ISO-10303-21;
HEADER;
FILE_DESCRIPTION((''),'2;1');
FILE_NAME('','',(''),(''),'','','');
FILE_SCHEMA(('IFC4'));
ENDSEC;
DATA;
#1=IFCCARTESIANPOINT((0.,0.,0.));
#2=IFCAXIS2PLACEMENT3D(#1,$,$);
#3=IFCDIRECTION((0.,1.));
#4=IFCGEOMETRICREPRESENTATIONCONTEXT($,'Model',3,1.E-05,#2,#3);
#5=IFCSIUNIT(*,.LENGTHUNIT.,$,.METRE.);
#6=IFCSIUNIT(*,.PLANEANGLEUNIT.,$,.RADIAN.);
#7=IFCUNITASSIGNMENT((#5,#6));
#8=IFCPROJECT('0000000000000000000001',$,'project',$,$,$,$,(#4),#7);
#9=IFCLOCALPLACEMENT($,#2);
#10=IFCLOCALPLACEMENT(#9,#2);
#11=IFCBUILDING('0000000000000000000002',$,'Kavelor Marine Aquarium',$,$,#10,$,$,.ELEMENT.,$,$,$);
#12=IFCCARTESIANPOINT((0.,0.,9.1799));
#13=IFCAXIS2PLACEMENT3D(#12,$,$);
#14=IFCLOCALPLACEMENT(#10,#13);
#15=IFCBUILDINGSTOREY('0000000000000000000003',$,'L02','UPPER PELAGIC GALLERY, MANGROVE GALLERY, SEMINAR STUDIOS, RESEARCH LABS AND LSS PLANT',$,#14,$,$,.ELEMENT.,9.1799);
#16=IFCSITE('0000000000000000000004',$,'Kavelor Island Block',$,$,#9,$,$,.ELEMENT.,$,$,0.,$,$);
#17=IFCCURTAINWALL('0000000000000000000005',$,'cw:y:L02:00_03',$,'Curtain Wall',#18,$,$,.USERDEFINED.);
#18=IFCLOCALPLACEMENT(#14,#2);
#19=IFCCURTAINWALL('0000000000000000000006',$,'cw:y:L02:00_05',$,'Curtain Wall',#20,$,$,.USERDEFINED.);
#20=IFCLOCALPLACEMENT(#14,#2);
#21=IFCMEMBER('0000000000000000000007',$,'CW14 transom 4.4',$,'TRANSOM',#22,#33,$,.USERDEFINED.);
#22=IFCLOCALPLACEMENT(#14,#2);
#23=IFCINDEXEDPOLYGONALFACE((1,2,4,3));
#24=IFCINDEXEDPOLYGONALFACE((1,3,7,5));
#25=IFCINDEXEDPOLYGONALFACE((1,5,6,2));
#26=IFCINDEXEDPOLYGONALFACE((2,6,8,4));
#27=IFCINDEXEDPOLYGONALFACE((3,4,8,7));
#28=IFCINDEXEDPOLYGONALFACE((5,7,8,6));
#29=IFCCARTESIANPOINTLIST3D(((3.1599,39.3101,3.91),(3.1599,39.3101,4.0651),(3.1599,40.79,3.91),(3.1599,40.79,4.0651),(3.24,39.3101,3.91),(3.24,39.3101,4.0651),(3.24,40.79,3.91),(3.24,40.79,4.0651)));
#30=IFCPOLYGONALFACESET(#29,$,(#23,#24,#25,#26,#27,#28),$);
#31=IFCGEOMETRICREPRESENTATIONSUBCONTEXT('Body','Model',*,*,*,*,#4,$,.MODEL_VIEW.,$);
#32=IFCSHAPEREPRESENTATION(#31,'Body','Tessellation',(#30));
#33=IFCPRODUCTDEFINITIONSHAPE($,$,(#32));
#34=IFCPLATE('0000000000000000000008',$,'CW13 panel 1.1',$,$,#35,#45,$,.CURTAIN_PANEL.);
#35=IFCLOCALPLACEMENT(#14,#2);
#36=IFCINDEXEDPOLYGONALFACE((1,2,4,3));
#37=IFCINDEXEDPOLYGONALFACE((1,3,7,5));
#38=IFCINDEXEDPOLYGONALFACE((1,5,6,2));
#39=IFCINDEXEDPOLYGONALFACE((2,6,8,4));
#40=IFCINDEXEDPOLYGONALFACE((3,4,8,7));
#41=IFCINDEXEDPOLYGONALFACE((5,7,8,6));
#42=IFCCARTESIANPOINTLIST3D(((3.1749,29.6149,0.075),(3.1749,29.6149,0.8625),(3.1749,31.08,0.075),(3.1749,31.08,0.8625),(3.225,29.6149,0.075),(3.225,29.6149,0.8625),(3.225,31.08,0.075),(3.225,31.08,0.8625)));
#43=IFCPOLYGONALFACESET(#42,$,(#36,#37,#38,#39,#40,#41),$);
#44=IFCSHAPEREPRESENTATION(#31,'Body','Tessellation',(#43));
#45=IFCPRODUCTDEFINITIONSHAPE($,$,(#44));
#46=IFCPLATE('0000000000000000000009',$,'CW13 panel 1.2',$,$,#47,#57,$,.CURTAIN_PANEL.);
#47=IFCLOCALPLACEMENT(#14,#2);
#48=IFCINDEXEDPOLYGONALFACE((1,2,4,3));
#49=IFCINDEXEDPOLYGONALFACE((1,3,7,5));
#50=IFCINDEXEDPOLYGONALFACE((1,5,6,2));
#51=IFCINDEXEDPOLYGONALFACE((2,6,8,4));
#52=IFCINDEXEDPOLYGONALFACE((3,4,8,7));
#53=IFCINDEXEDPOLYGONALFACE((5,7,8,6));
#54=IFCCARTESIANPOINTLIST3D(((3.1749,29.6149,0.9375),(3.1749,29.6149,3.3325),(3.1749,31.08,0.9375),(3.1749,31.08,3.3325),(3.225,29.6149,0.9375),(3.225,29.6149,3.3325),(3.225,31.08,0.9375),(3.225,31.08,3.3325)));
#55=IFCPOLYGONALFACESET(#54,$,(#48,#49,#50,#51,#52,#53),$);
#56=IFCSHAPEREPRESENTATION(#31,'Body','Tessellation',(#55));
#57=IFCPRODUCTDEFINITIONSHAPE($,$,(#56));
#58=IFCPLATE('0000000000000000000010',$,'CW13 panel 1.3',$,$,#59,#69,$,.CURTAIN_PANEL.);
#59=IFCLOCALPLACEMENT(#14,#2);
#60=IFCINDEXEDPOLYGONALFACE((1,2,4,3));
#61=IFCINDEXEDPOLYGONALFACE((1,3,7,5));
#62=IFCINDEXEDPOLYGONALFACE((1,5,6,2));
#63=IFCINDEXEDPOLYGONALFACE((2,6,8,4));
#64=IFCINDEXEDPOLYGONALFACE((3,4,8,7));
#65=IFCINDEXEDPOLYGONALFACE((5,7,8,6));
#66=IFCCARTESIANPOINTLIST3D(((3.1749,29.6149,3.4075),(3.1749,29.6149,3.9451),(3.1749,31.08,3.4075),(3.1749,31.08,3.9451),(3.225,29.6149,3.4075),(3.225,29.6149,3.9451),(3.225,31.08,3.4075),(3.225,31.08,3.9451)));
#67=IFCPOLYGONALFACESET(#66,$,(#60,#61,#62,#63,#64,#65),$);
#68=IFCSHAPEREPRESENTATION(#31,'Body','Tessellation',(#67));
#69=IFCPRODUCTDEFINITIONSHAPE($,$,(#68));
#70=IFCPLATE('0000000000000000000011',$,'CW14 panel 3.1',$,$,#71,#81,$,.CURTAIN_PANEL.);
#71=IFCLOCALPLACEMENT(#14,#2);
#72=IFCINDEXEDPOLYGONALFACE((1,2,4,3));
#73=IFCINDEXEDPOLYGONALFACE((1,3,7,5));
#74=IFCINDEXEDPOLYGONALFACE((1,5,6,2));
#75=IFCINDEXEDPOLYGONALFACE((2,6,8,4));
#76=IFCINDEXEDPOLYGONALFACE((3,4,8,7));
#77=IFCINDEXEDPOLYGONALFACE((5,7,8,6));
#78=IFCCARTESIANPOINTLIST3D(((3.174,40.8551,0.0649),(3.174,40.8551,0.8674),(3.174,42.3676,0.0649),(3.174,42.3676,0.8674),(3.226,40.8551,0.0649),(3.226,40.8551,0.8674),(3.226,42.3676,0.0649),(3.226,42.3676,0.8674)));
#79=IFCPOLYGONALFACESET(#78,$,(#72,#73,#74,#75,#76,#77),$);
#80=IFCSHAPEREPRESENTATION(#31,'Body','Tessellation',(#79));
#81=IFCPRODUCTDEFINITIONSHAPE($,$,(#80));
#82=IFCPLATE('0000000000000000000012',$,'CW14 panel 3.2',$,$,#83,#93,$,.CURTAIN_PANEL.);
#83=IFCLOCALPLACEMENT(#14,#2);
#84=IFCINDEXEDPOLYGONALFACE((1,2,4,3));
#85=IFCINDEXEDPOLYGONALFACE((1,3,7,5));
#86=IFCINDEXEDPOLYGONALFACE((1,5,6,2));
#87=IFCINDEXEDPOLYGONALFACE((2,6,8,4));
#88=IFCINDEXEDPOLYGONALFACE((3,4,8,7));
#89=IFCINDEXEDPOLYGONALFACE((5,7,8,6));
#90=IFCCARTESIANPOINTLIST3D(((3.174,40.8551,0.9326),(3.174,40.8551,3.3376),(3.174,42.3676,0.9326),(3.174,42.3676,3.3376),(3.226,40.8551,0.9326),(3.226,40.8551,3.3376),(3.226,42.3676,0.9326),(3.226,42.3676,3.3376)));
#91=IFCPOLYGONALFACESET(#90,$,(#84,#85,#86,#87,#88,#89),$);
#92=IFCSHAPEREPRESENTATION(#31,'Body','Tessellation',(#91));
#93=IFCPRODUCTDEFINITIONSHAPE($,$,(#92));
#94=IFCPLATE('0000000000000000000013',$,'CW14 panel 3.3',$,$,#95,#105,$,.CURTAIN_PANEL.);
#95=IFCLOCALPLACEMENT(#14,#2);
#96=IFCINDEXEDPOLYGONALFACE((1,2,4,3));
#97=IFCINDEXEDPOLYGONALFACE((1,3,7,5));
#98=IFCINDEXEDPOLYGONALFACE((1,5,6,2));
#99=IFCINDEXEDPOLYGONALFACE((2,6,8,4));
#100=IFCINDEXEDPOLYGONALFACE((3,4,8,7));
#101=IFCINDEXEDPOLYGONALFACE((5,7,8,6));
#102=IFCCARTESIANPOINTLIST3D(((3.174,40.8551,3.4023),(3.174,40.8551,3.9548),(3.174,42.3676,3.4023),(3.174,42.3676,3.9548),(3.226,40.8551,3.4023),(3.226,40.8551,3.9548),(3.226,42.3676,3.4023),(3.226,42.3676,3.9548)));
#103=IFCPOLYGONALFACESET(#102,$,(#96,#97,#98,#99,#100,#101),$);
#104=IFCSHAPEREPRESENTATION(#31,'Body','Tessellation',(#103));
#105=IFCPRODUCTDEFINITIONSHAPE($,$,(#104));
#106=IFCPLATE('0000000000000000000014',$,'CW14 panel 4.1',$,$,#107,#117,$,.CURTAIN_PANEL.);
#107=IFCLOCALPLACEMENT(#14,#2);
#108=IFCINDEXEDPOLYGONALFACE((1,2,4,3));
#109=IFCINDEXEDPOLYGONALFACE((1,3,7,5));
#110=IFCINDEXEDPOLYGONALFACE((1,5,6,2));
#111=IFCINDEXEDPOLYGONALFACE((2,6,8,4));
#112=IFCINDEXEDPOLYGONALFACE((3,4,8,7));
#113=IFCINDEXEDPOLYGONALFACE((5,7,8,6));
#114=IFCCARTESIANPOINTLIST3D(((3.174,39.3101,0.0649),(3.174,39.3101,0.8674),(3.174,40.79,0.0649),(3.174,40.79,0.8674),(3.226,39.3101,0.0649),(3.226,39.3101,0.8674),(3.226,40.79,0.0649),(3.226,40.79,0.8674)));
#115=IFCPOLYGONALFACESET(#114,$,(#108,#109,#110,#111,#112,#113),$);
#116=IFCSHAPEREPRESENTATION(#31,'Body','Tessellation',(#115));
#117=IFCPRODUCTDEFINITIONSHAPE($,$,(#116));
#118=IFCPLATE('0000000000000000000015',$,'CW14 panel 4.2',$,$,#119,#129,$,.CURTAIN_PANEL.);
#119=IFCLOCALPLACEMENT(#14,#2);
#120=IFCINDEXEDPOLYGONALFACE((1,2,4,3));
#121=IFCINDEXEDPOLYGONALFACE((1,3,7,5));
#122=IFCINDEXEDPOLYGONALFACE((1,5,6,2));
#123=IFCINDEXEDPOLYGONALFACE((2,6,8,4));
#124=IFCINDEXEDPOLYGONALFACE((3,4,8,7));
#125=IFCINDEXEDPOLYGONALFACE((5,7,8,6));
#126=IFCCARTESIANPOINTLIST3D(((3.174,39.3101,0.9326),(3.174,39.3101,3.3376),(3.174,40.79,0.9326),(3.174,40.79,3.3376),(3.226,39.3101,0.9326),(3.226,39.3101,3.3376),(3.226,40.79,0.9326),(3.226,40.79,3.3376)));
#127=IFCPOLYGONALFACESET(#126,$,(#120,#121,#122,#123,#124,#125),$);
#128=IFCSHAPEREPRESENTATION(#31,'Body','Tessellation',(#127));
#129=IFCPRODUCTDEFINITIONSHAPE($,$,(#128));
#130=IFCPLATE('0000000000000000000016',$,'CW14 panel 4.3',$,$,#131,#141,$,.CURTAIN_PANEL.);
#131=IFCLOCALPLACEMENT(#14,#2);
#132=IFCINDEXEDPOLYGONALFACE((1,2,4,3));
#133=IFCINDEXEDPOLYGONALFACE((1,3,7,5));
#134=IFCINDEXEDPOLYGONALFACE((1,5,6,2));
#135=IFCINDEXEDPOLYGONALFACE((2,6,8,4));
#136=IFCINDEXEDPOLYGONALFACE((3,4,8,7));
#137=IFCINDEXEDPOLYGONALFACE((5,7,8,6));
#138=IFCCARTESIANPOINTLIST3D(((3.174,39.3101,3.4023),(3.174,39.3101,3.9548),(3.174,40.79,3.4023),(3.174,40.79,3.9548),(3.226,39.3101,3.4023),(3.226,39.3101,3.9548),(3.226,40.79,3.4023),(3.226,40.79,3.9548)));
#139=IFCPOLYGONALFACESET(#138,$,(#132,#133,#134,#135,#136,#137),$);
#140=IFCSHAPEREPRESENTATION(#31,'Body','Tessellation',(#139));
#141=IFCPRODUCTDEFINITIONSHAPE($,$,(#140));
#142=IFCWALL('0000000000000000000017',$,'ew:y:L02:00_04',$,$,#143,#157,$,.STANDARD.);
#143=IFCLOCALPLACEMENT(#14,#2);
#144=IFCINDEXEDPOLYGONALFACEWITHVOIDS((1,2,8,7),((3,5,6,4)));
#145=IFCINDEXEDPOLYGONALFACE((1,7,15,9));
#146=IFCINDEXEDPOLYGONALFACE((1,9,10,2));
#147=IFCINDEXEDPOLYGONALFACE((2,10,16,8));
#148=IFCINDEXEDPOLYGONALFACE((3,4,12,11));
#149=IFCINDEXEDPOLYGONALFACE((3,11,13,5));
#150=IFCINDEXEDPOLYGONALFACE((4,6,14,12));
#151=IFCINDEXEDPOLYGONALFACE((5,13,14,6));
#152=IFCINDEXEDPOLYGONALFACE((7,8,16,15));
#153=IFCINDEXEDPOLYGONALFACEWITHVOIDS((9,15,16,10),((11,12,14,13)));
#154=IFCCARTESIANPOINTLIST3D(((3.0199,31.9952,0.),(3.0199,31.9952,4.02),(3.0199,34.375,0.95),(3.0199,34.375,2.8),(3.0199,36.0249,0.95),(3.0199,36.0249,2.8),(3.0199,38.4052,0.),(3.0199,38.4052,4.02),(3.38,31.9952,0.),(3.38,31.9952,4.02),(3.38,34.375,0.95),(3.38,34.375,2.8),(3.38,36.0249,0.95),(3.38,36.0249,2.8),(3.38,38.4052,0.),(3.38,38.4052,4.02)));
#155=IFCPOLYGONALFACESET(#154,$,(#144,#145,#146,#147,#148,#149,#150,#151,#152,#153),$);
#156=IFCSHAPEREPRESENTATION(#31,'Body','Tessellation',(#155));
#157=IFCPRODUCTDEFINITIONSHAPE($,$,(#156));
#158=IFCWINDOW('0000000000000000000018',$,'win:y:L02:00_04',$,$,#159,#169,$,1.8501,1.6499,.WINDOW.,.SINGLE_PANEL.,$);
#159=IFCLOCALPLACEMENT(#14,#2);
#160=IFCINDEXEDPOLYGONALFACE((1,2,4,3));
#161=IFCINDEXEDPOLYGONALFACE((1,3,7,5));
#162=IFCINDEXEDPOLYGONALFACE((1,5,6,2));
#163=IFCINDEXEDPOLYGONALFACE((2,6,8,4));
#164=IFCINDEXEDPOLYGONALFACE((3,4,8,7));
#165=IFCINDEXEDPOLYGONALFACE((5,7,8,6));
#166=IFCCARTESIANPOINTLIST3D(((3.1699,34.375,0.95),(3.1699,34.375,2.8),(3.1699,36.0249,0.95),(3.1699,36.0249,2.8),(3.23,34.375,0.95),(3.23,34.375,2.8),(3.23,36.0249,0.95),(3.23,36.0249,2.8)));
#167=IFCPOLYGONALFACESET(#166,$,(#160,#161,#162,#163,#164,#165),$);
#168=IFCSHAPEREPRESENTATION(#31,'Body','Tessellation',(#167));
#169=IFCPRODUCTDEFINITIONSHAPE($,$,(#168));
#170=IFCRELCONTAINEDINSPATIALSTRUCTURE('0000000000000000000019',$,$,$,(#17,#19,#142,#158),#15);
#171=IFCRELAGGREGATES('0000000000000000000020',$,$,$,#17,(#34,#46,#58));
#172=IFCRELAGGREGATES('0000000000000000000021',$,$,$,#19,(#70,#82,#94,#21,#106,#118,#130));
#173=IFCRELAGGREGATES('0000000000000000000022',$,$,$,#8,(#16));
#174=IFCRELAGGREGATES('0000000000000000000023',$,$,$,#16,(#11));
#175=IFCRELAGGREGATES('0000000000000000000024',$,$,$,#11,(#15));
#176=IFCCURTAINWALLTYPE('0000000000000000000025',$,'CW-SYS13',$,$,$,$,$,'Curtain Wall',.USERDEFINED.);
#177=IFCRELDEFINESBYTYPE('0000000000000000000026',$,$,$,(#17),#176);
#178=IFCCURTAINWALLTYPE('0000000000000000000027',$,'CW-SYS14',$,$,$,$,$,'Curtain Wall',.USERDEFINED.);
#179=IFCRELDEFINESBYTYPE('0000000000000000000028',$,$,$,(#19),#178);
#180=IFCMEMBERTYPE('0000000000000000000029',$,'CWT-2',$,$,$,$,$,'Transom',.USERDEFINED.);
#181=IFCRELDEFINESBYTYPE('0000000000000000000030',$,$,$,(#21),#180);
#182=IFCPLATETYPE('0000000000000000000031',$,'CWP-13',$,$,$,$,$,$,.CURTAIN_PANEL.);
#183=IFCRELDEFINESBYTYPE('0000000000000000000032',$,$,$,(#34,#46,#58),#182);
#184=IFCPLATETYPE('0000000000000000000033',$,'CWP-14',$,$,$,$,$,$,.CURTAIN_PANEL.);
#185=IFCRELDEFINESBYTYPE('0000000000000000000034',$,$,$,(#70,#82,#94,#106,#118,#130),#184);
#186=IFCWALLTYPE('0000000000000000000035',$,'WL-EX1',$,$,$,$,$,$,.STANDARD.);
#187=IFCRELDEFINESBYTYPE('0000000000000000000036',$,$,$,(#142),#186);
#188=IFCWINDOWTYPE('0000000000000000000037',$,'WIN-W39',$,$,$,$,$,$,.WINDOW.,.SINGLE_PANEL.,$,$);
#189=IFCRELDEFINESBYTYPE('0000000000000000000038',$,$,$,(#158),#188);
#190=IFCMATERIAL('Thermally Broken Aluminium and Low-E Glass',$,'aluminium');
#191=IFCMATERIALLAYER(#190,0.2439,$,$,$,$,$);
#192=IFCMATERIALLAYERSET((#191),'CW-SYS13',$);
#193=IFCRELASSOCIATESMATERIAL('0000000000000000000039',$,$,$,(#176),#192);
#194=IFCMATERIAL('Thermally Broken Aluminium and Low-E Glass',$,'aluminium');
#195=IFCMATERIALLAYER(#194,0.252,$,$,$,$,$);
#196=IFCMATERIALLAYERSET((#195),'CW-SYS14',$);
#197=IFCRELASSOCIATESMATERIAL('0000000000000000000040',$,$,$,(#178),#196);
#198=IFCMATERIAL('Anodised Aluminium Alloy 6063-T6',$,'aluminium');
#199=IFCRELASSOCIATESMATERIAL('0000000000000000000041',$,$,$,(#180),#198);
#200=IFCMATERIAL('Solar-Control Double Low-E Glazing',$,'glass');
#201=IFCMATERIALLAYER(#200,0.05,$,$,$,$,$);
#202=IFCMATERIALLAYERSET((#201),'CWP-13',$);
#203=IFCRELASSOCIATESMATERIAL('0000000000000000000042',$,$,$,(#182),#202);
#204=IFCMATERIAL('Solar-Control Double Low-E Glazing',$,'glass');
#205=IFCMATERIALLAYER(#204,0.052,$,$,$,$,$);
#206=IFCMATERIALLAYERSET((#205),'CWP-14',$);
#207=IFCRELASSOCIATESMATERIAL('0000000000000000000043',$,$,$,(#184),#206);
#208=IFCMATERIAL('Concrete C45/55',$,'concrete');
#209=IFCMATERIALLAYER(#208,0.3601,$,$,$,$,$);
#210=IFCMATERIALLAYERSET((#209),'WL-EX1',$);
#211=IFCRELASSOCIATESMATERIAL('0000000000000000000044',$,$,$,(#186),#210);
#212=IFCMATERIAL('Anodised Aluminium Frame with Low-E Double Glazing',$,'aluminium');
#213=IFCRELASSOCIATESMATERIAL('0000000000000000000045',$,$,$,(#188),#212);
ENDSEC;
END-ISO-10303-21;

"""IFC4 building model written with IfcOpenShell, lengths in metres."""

from ifc_helpers import new_model, si_unit, direction, frame, frame_2d, origin, origin_2d, place, context, subcontext, project, spatial, rectangle, extrude, material, layer, layer_set, material_profile, profile_set, type_object, element, fill, aggregate, save


model = new_model("IFC4")

# Units and contexts
model_context = context("Model", 3, precision=1e-05, world=origin(), true_north=direction((0.0, 1.0)))
body_context = subcontext(model_context, "Body", "Model", "MODEL_VIEW")
ifc_project = project(units=[si_unit("LENGTHUNIT", "METRE"), si_unit("PLANEANGLEUNIT", "RADIAN")], contexts=[model_context])

# Site, building, storey
site_placement = place(None, origin())
site = spatial("IfcSite", under=ifc_project, at=site_placement, Name="Kavelor Island Block", CompositionType="ELEMENT", RefElevation=0.0)
building_placement = place(site_placement, origin())
building = spatial("IfcBuilding", under=site, at=building_placement, Name="Kavelor Marine Aquarium", CompositionType="ELEMENT")
storey_placement = place(building_placement, frame((0.0, 0.0, 9.1799)))
storey = spatial("IfcBuildingStorey", under=building, at=storey_placement, Name="L02", Description="UPPER PELAGIC GALLERY, MANGROVE GALLERY, SEMINAR STUDIOS, RESEARCH LABS AND LSS PLANT", CompositionType="ELEMENT", Elevation=9.1799)

# Curtain wall
ifc_material_1 = material(Name="Thermally Broken Aluminium and Low-E Glass", Category="aluminium")
ifc_layer_1 = layer(ifc_material_1, 0.2439)
ifc_layer_set_1 = layer_set([ifc_layer_1], Name="CW-SYS13")
curtain_wall_type_1 = type_object("IfcCurtainWallType", Name="CW-SYS13", ElementType="Curtain Wall", PredefinedType="USERDEFINED", material=ifc_layer_set_1)
curtain_wall_1_placement = place(storey_placement, origin())
curtain_wall_1 = element("IfcCurtainWall", 1, at=curtain_wall_1_placement, inside=storey, type_object=curtain_wall_type_1, Name="cw:y:L02:00_03", ObjectType="Curtain Wall", PredefinedType="USERDEFINED")

# Curtain wall
ifc_material_2 = material(Name="Thermally Broken Aluminium and Low-E Glass", Category="aluminium")
ifc_layer_2 = layer(ifc_material_2, 0.252)
ifc_layer_set_2 = layer_set([ifc_layer_2], Name="CW-SYS14")
curtain_wall_type_2 = type_object("IfcCurtainWallType", Name="CW-SYS14", ElementType="Curtain Wall", PredefinedType="USERDEFINED", material=ifc_layer_set_2)
curtain_wall_2_placement = place(storey_placement, origin())
curtain_wall_2 = element("IfcCurtainWall", 2, at=curtain_wall_2_placement, inside=storey, type_object=curtain_wall_type_2, Name="cw:y:L02:00_05", ObjectType="Curtain Wall", PredefinedType="USERDEFINED")

# Member
ifc_material_3 = material(Name="Anodised Aluminium Alloy 6063-T6", Category="aluminium")
ifc_material_profile_1 = material_profile(ifc_material_3, rectangle(XDim=0.0801, YDim=0.155, at=origin_2d()), Name="CW-TRN 80x155")
ifc_profile_set_1 = profile_set([ifc_material_profile_1], Name="Anodised Aluminium Alloy 6063-T6")
member_type_1 = type_object("IfcMemberType", Name="CWT-2", ElementType="Transom", PredefinedType="USERDEFINED", material=ifc_profile_set_1)
member_1_placement = place(storey_placement, frame((3.2, 40.79, 3.9875), z_axis=(0.0, -1.0, 0.0), x_axis=(1.0, 0.0, 0.0)))
member_1 = element("IfcMember", 3, at=member_1_placement, type_object=member_type_1, Name="CW14 transom 4.4", ObjectType="TRANSOM", PredefinedType="USERDEFINED", context=body_context, shape_type="SweptSolid", body=[
    extrude(rectangle(XDim=0.0801, YDim=0.155, at=origin_2d()), origin(), (0.0, 0.0, 1.0), 1.48),
])

# Plates
ifc_material_4 = material(Name="Solar-Control Double Low-E Glazing", Category="glass")
ifc_layer_3 = layer(ifc_material_4, 0.05)
ifc_layer_set_3 = layer_set([ifc_layer_3], Name="CWP-13")
plate_type_1 = type_object("IfcPlateType", Name="CWP-13", PredefinedType="CURTAIN_PANEL", material=ifc_layer_set_3)
plate_1_placement = place(storey_placement, frame((3.2, 30.3474, 0.075), z_axis=(0.0, 0.0, 1.0), x_axis=(0.0, -1.0, 0.0)))
plate_1 = element("IfcPlate", 4, at=plate_1_placement, type_object=plate_type_1, Name="CW13 panel 1.1", PredefinedType="CURTAIN_PANEL", context=body_context, shape_type="SweptSolid", body=[
    extrude(rectangle(XDim=1.4651, YDim=0.05, at=origin_2d()), origin(), (0.0, 0.0, 1.0), 0.7876),
])
plate_2_placement = place(storey_placement, frame((3.2, 30.3474, 0.9375), z_axis=(0.0, 0.0, 1.0), x_axis=(0.0, -1.0, 0.0)))
plate_2 = element("IfcPlate", 5, at=plate_2_placement, type_object=plate_type_1, Name="CW13 panel 1.2", PredefinedType="CURTAIN_PANEL", context=body_context, shape_type="SweptSolid", body=[
    extrude(rectangle(XDim=1.4651, YDim=0.05, at=origin_2d()), origin(), (0.0, 0.0, 1.0), 2.395),
])
plate_3_placement = place(storey_placement, frame((3.2, 30.3474, 3.4075), z_axis=(0.0, 0.0, 1.0), x_axis=(0.0, -1.0, 0.0)))
plate_3 = element("IfcPlate", 6, at=plate_3_placement, type_object=plate_type_1, Name="CW13 panel 1.3", PredefinedType="CURTAIN_PANEL", context=body_context, shape_type="SweptSolid", body=[
    extrude(rectangle(XDim=1.4651, YDim=0.05, at=origin_2d()), origin(), (0.0, 0.0, 1.0), 0.5376),
])
aggregate(curtain_wall_1, [plate_1, plate_2, plate_3])
ifc_material_5 = material(Name="Solar-Control Double Low-E Glazing", Category="glass")
ifc_layer_4 = layer(ifc_material_5, 0.052)
ifc_layer_set_4 = layer_set([ifc_layer_4], Name="CWP-14")
plate_type_2 = type_object("IfcPlateType", Name="CWP-14", PredefinedType="CURTAIN_PANEL", material=ifc_layer_set_4)
plate_4_placement = place(storey_placement, frame((3.2, 41.6113, 0.0649), z_axis=(0.0, 0.0, 1.0), x_axis=(0.0, -1.0, 0.0)))
plate_4 = element("IfcPlate", 7, at=plate_4_placement, type_object=plate_type_2, Name="CW14 panel 3.1", PredefinedType="CURTAIN_PANEL", context=body_context, shape_type="SweptSolid", body=[
    extrude(rectangle(XDim=1.5125, YDim=0.052, at=origin_2d()), origin(), (0.0, 0.0, 1.0), 0.8025),
])
plate_5_placement = place(storey_placement, frame((3.2, 41.6113, 0.9326), z_axis=(0.0, 0.0, 1.0), x_axis=(0.0, -1.0, 0.0)))
plate_5 = element("IfcPlate", 8, at=plate_5_placement, type_object=plate_type_2, Name="CW14 panel 3.2", PredefinedType="CURTAIN_PANEL", context=body_context, shape_type="SweptSolid", body=[
    extrude(rectangle(XDim=1.5125, YDim=0.052, at=origin_2d()), origin(), (0.0, 0.0, 1.0), 2.405),
])
plate_6_placement = place(storey_placement, frame((3.2, 41.6113, 3.4023), z_axis=(0.0, 0.0, 1.0), x_axis=(0.0, -1.0, 0.0)))
plate_6 = element("IfcPlate", 9, at=plate_6_placement, type_object=plate_type_2, Name="CW14 panel 3.3", PredefinedType="CURTAIN_PANEL", context=body_context, shape_type="SweptSolid", body=[
    extrude(rectangle(XDim=1.5125, YDim=0.052, at=origin_2d()), origin(), (0.0, 0.0, 1.0), 0.5525),
])
plate_7_placement = place(storey_placement, frame((3.2, 40.05, 0.0649), z_axis=(0.0, 0.0, 1.0), x_axis=(0.0, -1.0, 0.0)))
plate_7 = element("IfcPlate", 10, at=plate_7_placement, type_object=plate_type_2, Name="CW14 panel 4.1", PredefinedType="CURTAIN_PANEL", context=body_context, shape_type="SweptSolid", body=[
    extrude(rectangle(XDim=1.48, YDim=0.052, at=origin_2d()), origin(), (0.0, 0.0, 1.0), 0.8025),
])
plate_8_placement = place(storey_placement, frame((3.2, 40.05, 0.9326), z_axis=(0.0, 0.0, 1.0), x_axis=(0.0, -1.0, 0.0)))
plate_8 = element("IfcPlate", 11, at=plate_8_placement, type_object=plate_type_2, Name="CW14 panel 4.2", PredefinedType="CURTAIN_PANEL", context=body_context, shape_type="SweptSolid", body=[
    extrude(rectangle(XDim=1.48, YDim=0.052, at=origin_2d()), origin(), (0.0, 0.0, 1.0), 2.405),
])
plate_9_placement = place(storey_placement, frame((3.2, 40.05, 3.4023), z_axis=(0.0, 0.0, 1.0), x_axis=(0.0, -1.0, 0.0)))
plate_9 = element("IfcPlate", 12, at=plate_9_placement, type_object=plate_type_2, Name="CW14 panel 4.3", PredefinedType="CURTAIN_PANEL", context=body_context, shape_type="SweptSolid", body=[
    extrude(rectangle(XDim=1.48, YDim=0.052, at=origin_2d()), origin(), (0.0, 0.0, 1.0), 0.5525),
])
aggregate(curtain_wall_2, [plate_4, plate_5, plate_6, member_1, plate_7, plate_8, plate_9])

# Wall, opening, window
ifc_material_6 = material(Name="Concrete C45/55", Category="concrete")
ifc_layer_5 = layer(ifc_material_6, 0.3601)
ifc_layer_set_5 = layer_set([ifc_layer_5], Name="WL-EX1")
wall_type = type_object("IfcWallType", Name="WL-EX1", PredefinedType="STANDARD", material=ifc_layer_set_5)
wall_placement = place(storey_placement, frame((3.2, 31.9951, 0.0), z_axis=(0.0, 0.0, 1.0), x_axis=(0.0, 1.0, 0.0)))
wall = element("IfcWall", 13, at=wall_placement, inside=storey, type_object=wall_type, Name="ew:y:L02:00_04", PredefinedType="STANDARD", context=body_context, shape_type="SweptSolid", body=[
    extrude(rectangle(XDim=6.4099, YDim=0.3601, at=frame_2d((3.2051, 0.0))), origin(), (0.0, 0.0, 1.0), 4.02),
])
opening_placement = place(wall_placement, frame((2.3799, 0.0, 0.95)))
opening = element("IfcOpeningElement", 14, at=opening_placement, cuts=wall, PredefinedType="OPENING", context=body_context, shape_type="SweptSolid", body=[
    extrude(rectangle(XDim=1.6499, YDim=1.8501, at=frame_2d((0.825, 0.925))), frame((0.0, 0.1899, 0.0), z_axis=(0.0, -1.0, 0.0), x_axis=(1.0, 0.0, 0.0)), (0.0, 0.0, 1.0), 0.3801),
])
ifc_material_7 = material(Name="Anodised Aluminium Frame with Low-E Double Glazing", Category="aluminium")
window_type = type_object("IfcWindowType", Name="WIN-W39", PartitioningType="SINGLE_PANEL", PredefinedType="WINDOW", material=ifc_material_7)
window_placement = place(opening_placement, origin())
window = element("IfcWindow", 15, at=window_placement, inside=storey, type_object=window_type, Name="win:y:L02:00_04", OverallHeight=1.8501, OverallWidth=1.6499, PartitioningType="SINGLE_PANEL", PredefinedType="WINDOW", context=body_context, shape_type="SweptSolid", body=[
    extrude(rectangle(XDim=1.6499, YDim=1.8501, at=frame_2d((0.825, 0.925))), frame((0.0, 0.03, 0.0), z_axis=(0.0, -1.0, 0.0), x_axis=(1.0, 0.0, 0.0)), (0.0, 0.0, 1.0), 0.0601),
])
fill(opening, window)

save(model, "model.ifc")
